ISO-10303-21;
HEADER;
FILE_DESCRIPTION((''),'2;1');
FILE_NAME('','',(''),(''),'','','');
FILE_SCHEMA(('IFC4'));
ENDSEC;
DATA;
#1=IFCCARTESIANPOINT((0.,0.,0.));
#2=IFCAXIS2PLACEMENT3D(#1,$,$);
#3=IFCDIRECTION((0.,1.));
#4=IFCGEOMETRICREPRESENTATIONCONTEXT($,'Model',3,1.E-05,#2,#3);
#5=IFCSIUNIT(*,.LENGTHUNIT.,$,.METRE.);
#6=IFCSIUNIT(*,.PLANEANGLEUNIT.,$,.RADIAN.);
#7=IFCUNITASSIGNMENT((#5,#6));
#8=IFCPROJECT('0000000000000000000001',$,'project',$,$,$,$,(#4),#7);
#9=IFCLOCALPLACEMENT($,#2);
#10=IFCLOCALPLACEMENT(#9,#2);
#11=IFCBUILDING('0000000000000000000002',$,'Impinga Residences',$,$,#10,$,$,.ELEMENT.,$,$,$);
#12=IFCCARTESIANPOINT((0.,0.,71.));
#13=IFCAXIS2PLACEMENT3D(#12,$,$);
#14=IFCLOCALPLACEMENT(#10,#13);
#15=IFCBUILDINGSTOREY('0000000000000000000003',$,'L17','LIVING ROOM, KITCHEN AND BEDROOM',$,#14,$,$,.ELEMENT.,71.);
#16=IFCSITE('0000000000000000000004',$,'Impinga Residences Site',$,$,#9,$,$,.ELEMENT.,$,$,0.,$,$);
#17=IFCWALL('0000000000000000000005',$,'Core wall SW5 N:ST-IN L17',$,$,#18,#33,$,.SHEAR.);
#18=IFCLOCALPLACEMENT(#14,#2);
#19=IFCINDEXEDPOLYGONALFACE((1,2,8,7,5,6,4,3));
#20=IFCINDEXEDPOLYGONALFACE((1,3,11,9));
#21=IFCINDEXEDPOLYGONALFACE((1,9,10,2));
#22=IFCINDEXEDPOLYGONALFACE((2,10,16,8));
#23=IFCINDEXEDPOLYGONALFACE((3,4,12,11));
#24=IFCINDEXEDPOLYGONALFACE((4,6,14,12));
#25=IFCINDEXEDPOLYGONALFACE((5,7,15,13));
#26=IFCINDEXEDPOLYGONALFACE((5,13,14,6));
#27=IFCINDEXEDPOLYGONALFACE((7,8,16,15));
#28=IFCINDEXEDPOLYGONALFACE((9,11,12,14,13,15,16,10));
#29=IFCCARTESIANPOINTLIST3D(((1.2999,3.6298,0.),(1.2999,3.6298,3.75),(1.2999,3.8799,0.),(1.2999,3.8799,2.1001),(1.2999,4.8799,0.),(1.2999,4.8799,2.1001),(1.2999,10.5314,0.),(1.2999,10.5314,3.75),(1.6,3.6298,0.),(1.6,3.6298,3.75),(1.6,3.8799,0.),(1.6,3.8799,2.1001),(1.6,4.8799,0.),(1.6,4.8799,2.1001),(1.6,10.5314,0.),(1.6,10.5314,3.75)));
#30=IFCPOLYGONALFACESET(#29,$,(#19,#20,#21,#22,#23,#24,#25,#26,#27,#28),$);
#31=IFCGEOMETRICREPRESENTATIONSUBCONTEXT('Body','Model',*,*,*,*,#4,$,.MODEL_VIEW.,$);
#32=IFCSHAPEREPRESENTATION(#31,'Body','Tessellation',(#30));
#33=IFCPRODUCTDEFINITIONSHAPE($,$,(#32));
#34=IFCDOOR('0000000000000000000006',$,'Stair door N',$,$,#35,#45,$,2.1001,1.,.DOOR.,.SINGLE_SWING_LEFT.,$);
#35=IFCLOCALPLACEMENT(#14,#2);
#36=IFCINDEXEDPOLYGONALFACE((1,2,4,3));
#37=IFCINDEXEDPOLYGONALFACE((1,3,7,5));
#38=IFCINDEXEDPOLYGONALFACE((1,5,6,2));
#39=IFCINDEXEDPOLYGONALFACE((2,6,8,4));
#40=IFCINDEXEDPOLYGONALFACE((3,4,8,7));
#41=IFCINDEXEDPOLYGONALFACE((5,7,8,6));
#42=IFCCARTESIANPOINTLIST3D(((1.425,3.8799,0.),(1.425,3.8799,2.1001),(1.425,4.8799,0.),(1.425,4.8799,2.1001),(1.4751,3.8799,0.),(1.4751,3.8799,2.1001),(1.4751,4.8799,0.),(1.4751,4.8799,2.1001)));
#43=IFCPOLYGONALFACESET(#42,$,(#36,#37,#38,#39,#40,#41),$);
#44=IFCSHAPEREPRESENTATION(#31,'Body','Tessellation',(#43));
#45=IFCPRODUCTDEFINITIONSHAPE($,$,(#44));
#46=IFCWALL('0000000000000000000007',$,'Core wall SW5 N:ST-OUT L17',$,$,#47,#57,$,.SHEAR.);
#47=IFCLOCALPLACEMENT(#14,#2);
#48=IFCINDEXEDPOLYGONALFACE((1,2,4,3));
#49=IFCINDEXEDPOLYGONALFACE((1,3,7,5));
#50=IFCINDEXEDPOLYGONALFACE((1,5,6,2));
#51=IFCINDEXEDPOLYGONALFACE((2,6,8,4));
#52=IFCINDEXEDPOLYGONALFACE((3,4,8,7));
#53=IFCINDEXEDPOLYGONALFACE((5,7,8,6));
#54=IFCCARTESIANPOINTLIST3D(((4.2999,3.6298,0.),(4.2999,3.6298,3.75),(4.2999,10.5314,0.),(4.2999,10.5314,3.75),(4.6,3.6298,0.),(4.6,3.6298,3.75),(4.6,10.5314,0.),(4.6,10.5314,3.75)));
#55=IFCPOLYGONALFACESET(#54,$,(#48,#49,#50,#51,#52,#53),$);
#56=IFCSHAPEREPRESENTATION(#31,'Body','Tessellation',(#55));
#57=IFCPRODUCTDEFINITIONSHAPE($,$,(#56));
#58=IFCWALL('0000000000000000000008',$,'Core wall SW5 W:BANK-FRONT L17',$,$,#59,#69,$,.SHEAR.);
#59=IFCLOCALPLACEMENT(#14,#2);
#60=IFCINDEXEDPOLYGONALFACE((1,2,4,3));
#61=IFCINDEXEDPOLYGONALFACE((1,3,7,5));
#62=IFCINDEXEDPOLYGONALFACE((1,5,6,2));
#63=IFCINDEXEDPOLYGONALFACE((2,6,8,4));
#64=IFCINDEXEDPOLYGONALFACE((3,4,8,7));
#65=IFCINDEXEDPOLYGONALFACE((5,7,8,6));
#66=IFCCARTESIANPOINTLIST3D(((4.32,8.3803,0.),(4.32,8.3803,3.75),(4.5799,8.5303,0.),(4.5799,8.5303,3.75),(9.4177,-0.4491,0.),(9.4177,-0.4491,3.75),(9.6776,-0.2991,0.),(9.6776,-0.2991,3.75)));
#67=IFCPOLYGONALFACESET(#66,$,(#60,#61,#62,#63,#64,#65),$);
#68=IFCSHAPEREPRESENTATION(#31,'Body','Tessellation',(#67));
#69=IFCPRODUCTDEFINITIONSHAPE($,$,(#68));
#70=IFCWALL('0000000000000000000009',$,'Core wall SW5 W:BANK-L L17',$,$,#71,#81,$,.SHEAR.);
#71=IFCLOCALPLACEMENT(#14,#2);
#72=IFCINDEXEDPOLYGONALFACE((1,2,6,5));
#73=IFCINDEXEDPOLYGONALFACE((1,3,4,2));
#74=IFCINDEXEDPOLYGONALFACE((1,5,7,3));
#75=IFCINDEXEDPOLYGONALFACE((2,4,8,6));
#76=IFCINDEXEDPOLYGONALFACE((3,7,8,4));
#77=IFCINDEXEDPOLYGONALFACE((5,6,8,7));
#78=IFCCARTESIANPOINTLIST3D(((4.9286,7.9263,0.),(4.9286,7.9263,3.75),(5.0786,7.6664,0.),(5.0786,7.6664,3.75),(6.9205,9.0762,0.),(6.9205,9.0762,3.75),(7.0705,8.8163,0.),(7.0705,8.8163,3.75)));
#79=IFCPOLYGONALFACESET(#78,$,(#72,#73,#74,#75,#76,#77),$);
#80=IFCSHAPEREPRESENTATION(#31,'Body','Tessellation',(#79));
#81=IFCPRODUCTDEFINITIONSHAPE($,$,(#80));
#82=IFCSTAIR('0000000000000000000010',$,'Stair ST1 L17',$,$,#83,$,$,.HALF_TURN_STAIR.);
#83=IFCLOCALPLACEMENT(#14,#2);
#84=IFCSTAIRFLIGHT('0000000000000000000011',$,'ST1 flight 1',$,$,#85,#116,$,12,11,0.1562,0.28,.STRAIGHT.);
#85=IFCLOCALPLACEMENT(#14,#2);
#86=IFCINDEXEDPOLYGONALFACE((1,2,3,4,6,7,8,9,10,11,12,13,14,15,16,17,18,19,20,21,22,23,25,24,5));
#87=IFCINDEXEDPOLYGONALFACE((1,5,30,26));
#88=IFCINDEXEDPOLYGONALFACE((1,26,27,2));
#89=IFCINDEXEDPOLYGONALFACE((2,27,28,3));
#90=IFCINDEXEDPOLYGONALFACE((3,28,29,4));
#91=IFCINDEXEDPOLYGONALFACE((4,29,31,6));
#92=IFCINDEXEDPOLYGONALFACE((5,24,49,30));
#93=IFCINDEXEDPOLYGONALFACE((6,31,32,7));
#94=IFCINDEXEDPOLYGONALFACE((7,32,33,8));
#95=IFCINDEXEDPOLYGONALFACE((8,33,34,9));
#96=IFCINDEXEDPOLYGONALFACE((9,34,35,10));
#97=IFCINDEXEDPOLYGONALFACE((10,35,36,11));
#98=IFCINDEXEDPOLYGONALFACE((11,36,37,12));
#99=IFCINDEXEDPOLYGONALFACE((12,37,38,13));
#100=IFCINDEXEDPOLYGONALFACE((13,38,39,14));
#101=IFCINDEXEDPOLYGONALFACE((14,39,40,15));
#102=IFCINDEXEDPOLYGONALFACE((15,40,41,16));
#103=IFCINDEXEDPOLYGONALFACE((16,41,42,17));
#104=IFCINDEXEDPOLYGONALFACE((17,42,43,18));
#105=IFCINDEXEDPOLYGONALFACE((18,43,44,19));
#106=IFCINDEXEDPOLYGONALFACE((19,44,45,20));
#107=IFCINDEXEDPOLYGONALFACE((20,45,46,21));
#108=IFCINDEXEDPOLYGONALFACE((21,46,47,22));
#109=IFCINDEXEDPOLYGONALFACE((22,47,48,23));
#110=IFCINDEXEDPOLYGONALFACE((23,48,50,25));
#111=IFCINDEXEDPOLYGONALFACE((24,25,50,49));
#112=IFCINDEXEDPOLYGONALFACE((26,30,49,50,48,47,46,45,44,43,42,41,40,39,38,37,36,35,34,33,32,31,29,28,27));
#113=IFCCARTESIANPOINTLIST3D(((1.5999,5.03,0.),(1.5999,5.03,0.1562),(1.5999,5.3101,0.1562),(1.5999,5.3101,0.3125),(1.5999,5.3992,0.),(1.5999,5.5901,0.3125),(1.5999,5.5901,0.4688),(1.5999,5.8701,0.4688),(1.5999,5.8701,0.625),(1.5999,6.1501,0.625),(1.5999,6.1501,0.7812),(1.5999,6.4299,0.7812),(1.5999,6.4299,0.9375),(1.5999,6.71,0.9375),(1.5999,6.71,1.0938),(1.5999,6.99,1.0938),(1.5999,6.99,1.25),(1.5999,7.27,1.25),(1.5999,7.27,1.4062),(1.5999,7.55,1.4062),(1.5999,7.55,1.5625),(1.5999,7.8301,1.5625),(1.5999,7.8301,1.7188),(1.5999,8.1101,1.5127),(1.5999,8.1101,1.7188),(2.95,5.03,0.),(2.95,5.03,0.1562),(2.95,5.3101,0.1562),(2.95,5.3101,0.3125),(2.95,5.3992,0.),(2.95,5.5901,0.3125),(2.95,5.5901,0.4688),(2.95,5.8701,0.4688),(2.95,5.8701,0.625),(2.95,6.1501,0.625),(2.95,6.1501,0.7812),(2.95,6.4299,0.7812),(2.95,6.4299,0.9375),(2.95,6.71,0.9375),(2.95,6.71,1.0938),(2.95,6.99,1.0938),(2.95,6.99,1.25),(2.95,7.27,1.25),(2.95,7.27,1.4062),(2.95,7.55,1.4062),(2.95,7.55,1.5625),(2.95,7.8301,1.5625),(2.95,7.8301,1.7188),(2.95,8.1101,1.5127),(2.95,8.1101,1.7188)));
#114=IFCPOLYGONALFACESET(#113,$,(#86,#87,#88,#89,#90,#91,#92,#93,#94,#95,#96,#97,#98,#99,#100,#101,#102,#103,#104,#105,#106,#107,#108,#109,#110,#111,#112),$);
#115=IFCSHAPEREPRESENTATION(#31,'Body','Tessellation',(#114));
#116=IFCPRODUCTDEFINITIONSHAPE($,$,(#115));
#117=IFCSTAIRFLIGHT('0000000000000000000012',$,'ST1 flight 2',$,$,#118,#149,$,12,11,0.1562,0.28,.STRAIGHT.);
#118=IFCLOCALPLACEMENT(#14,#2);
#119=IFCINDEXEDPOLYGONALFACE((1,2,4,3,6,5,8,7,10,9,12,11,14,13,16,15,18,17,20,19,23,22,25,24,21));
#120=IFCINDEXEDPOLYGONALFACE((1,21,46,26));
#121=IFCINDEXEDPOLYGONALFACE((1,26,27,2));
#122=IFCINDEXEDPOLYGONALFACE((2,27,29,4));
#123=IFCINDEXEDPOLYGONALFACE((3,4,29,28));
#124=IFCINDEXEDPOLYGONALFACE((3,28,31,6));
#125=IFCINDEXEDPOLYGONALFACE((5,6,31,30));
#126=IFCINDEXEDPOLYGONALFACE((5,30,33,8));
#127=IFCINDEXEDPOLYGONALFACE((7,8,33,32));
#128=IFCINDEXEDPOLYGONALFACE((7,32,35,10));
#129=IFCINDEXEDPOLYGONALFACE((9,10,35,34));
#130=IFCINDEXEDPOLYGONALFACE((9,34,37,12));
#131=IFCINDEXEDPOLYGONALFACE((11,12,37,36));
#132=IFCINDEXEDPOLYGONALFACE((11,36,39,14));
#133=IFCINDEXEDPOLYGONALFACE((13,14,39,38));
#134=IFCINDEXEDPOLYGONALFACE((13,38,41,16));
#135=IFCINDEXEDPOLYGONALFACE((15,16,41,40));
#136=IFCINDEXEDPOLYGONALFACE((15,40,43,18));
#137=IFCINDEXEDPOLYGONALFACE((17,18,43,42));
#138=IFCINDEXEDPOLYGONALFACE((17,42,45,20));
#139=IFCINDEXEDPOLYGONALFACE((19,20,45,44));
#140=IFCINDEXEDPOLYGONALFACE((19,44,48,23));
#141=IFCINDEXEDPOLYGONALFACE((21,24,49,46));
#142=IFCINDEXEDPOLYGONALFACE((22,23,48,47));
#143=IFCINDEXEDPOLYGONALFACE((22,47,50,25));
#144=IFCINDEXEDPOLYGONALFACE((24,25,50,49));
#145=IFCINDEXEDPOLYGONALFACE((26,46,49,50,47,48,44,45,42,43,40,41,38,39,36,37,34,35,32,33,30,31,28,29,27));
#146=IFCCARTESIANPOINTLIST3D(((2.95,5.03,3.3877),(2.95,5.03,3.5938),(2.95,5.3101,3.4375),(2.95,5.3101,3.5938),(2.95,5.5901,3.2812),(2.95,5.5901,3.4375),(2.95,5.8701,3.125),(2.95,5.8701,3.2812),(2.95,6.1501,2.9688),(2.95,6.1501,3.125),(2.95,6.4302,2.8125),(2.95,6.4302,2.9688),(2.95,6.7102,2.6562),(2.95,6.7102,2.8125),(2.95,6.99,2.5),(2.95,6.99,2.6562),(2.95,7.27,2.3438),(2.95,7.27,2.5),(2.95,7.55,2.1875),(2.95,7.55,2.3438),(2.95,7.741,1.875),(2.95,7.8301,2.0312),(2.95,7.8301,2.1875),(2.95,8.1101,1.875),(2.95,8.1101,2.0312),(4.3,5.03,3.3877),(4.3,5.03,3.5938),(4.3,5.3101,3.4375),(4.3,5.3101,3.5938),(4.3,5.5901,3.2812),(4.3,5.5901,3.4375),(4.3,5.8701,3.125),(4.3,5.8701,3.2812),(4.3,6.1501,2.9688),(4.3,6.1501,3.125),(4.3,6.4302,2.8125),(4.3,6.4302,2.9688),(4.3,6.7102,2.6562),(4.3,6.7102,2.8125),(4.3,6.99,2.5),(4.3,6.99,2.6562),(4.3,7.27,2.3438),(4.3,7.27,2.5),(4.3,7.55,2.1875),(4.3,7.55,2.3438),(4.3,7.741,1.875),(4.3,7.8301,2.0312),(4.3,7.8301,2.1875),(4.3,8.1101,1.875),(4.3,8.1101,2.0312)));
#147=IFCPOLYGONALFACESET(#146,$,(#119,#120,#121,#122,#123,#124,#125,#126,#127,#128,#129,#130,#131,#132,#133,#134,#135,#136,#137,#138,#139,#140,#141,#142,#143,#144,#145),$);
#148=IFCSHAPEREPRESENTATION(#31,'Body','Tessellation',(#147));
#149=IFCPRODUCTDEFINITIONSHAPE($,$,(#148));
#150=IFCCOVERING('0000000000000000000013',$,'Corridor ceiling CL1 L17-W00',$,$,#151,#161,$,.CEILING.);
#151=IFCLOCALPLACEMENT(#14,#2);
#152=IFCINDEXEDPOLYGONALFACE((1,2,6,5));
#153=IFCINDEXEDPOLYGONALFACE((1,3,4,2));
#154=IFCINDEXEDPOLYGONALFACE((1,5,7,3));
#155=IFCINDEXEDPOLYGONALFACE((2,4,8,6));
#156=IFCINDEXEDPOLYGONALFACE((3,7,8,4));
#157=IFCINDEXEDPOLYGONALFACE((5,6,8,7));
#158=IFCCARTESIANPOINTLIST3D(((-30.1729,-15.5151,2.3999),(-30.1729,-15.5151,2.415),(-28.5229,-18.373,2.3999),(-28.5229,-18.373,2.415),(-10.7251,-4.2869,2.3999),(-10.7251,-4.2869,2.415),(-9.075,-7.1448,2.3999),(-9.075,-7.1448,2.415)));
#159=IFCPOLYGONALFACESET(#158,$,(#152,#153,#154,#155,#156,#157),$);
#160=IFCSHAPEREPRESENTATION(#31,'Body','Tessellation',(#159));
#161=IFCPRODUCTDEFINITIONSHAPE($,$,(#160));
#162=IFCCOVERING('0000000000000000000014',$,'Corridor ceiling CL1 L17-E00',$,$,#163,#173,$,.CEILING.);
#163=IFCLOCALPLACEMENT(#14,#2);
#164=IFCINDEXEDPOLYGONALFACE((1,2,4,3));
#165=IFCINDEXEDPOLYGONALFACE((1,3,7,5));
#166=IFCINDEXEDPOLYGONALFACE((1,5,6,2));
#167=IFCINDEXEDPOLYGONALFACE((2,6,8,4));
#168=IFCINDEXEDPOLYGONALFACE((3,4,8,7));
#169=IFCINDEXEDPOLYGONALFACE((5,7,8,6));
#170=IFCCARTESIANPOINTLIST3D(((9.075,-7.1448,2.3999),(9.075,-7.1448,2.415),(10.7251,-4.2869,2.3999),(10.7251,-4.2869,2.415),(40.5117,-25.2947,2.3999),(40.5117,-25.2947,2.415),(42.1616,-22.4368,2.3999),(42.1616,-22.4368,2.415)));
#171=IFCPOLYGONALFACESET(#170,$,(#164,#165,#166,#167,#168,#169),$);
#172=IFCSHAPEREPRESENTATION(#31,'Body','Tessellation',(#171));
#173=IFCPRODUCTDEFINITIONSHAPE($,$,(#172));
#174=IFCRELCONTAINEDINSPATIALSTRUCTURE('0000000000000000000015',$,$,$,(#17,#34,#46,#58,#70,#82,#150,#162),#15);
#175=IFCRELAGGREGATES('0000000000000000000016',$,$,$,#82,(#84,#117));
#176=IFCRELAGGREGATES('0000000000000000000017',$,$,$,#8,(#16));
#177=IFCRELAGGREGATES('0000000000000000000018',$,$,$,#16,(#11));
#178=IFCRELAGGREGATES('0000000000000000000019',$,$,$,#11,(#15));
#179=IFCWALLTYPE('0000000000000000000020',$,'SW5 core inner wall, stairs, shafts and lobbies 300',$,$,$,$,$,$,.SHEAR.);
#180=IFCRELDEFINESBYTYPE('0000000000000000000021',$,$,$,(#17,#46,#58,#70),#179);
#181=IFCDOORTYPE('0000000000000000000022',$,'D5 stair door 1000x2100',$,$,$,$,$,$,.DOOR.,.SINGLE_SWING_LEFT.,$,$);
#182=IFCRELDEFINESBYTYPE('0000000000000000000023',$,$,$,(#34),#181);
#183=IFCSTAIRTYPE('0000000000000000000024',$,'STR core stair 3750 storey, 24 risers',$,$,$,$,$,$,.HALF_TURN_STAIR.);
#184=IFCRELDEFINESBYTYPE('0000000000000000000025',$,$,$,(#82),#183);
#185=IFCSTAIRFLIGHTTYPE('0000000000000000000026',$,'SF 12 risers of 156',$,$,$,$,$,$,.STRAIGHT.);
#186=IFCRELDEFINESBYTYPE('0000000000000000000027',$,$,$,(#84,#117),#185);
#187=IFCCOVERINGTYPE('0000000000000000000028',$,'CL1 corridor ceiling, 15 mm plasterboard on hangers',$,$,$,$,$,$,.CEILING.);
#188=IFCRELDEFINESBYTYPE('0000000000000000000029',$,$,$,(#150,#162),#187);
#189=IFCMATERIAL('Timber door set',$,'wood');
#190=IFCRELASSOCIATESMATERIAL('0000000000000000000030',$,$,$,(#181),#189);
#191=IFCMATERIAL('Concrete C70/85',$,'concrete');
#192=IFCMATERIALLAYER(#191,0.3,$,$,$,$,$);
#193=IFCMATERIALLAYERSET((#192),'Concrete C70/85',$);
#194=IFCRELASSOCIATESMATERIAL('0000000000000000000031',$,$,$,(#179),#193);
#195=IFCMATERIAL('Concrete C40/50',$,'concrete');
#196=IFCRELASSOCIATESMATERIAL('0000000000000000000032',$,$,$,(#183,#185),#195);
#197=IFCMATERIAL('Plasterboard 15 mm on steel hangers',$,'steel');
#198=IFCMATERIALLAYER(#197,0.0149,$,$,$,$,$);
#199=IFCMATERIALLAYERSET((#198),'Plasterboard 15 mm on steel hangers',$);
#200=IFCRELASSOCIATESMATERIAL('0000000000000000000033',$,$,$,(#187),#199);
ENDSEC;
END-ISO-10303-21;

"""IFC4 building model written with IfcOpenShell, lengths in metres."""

from ifc_helpers import new_model, si_unit, direction, frame, frame_2d, origin, place, context, subcontext, project, spatial, polyline, rectangle, outline, extrude, material, layer, layer_set, type_object, element, fill, aggregate, save


model = new_model("IFC4")

# Units and contexts
model_context = context("Model", 3, precision=1e-05, world=origin(), true_north=direction((0.0, 1.0)))
body_context = subcontext(model_context, "Body", "Model", "MODEL_VIEW")
ifc_project = project(units=[si_unit("LENGTHUNIT", "METRE"), si_unit("PLANEANGLEUNIT", "RADIAN")], contexts=[model_context])

# Site, building, storey
site_placement = place(None, origin())
site = spatial("IfcSite", under=ifc_project, at=site_placement, Name="Impinga Residences Site", CompositionType="ELEMENT", RefElevation=0.0)
building_placement = place(site_placement, origin())
building = spatial("IfcBuilding", under=site, at=building_placement, Name="Impinga Residences", CompositionType="ELEMENT")
storey_placement = place(building_placement, frame((0.0, 0.0, 71.0)))
storey = spatial("IfcBuildingStorey", under=building, at=storey_placement, Name="L17", Description="LIVING ROOM, KITCHEN AND BEDROOM", CompositionType="ELEMENT", Elevation=71.0)

# Shared definitions
ifc_material_1 = material(Name="Concrete C70/85", Category="concrete")
ifc_material_2 = material(Name="Timber door set", Category="wood")
door_type_1 = type_object("IfcDoorType", Name="D5 stair door 1000x2100", OperationType="SINGLE_SWING_LEFT", PredefinedType="DOOR", material=ifc_material_2)

# Wall, opening, door
ifc_layer_1 = layer(ifc_material_1, 0.3)
ifc_layer_set_1 = layer_set([ifc_layer_1], Name="Concrete C70/85")
wall_type_1 = type_object("IfcWallType", Name="SW5 core inner wall, stairs, shafts and lobbies 300", PredefinedType="SHEAR", material=ifc_layer_set_1)
wall_1_placement = place(storey_placement, frame((1.45, 3.6299, 0.0), z_axis=(0.0, 0.0, 1.0), x_axis=(0.0, 1.0, 0.0)))
wall_1 = element("IfcWall", 1, at=wall_1_placement, inside=storey, type_object=wall_type_1, Name="Core wall SW5 N:ST-IN L17", PredefinedType="SHEAR", context=body_context, shape_type="SweptSolid", body=[
    extrude(rectangle(XDim=6.9016, YDim=0.3, at=frame_2d((3.4507, 0.0))), origin(), (0.0, 0.0, 1.0), 3.75),
])
opening_1_placement = place(wall_1_placement, frame((0.25, 0.0, 0.0)))
opening_1 = element("IfcOpeningElement", 2, at=opening_1_placement, cuts=wall_1, PredefinedType="OPENING", context=body_context, shape_type="SweptSolid", body=[
    extrude(rectangle(XDim=1.0, YDim=2.1001, at=frame_2d((0.5, 1.05))), frame((0.0, 0.1599, 0.0), z_axis=(0.0, -1.0, 0.0), x_axis=(1.0, 0.0, 0.0)), (0.0, 0.0, 1.0), 0.3201),
])
door_1_placement = place(opening_1_placement, origin())
door_1 = element("IfcDoor", 3, at=door_1_placement, inside=storey, type_object=door_type_1, Name="Stair door N", OperationType="SINGLE_SWING_LEFT", OverallHeight=2.1001, OverallWidth=1.0, PredefinedType="DOOR", context=body_context, shape_type="SweptSolid", body=[
    extrude(rectangle(XDim=1.0, YDim=2.1001, at=frame_2d((0.5, 1.05))), frame((0.0, 0.0249, 0.0), z_axis=(0.0, -1.0, 0.0), x_axis=(1.0, 0.0, 0.0)), (0.0, 0.0, 1.0), 0.05),
])
fill(opening_1, door_1)

# Walls
wall_2_placement = place(storey_placement, frame((4.45, 3.6299, 0.0), z_axis=(0.0, 0.0, 1.0), x_axis=(0.0, 1.0, 0.0)))
element("IfcWall", 4, at=wall_2_placement, inside=storey, type_object=wall_type_1, Name="Core wall SW5 N:ST-OUT L17", PredefinedType="SHEAR", context=body_context, shape_type="SweptSolid", body=[
    extrude(rectangle(XDim=6.9016, YDim=0.3, at=frame_2d((3.4507, 0.0))), origin(), (0.0, 0.0, 1.0), 3.75),
])
wall_3_placement = place(storey_placement, frame((4.45, 8.4553, 0.0), z_axis=(0.0, 0.0, 1.0), x_axis=(0.500002, -0.866024, 0.0)))
element("IfcWall", 5, at=wall_3_placement, inside=storey, type_object=wall_type_1, Name="Core wall SW5 W:BANK-FRONT L17", PredefinedType="SHEAR", context=body_context, shape_type="SweptSolid", body=[
    extrude(rectangle(XDim=10.1953, YDim=0.3, at=frame_2d((5.0977, 0.0))), origin(), (0.0, 0.0, 1.0), 3.75),
])
wall_4_placement = place(storey_placement, frame((5.0037, 7.7964, 0.0), z_axis=(0.0, 0.0, 1.0), x_axis=(0.866053, 0.499952, 0.0)))
element("IfcWall", 6, at=wall_4_placement, inside=storey, type_object=wall_type_1, Name="Core wall SW5 W:BANK-L L17", PredefinedType="SHEAR", context=body_context, shape_type="SweptSolid", body=[
    extrude(rectangle(XDim=2.3, YDim=0.3, at=frame_2d((1.1499, 0.0))), origin(), (0.0, 0.0, 1.0), 3.75),
])

# Stair, stair flights
ifc_material_3 = material(Name="Concrete C40/50", Category="concrete")
stair_type = type_object("IfcStairType", Name="STR core stair 3750 storey, 24 risers", PredefinedType="HALF_TURN_STAIR", material=ifc_material_3)
stair_placement = place(storey_placement, origin())
stair = element("IfcStair", 7, at=stair_placement, inside=storey, type_object=stair_type, Name="Stair ST1 L17", PredefinedType="HALF_TURN_STAIR")
stair_flight_type = type_object("IfcStairFlightType", Name="SF 12 risers of 156", PredefinedType="STRAIGHT", material=ifc_material_3)
stair_flight_1_placement = place(storey_placement, frame((2.2749, 5.03, 0.0), z_axis=(0.0, 0.0, 1.0), x_axis=(0.0, 1.0, 0.0)))
stair_flight_1 = element("IfcStairFlight", 8, at=stair_flight_1_placement, type_object=stair_flight_type, Name="ST1 flight 1", NumberOfRisers=12, NumberOfTreads=11, PredefinedType="STRAIGHT", RiserHeight=0.1562, TreadLength=0.28, context=body_context, shape_type="SweptSolid", body=[
    extrude(outline(polyline([(0.0, 0.0), (0.0, 0.1562), (0.28, 0.1562), (0.28, 0.3125), (0.5601, 0.3125), (0.5601, 0.4688), (0.8401, 0.4688), (0.8401, 0.625), (1.1201, 0.625), (1.1201, 0.7812), (1.3999, 0.7812), (1.3999, 0.9375), (1.6799, 0.9375), (1.6799, 1.0938), (1.96, 1.0938), (1.96, 1.25), (2.24, 1.25), (2.24, 1.4062), (2.52, 1.4062), (2.52, 1.5625), (2.8, 1.5625), (2.8, 1.7188), (3.0801, 1.7188), (3.0801, 1.875), (3.0801, 1.5127), (0.3691, 0.0), (0.0, 0.0)])), frame((0.0, 0.675, 0.0), z_axis=(0.0, -1.0, 0.0), x_axis=(1.0, 0.0, 0.0)), (0.0, 0.0, 1.0), 1.3501),
])
stair_flight_2_placement = place(storey_placement, frame((3.625, 8.1101, 1.875), z_axis=(0.0, 0.0, 1.0), x_axis=(0.0, -1.0, 0.0)))
stair_flight_2 = element("IfcStairFlight", 9, at=stair_flight_2_placement, type_object=stair_flight_type, Name="ST1 flight 2", NumberOfRisers=12, NumberOfTreads=11, PredefinedType="STRAIGHT", RiserHeight=0.1562, TreadLength=0.28, context=body_context, shape_type="SweptSolid", body=[
    extrude(outline(polyline([(0.0, 0.0), (0.0, 0.1562), (0.28, 0.1562), (0.28, 0.3125), (0.5601, 0.3125), (0.5601, 0.4688), (0.8401, 0.4688), (0.8401, 0.625), (1.1201, 0.625), (1.1201, 0.7812), (1.3999, 0.7812), (1.3999, 0.9375), (1.6799, 0.9375), (1.6799, 1.0938), (1.96, 1.0938), (1.96, 1.25), (2.24, 1.25), (2.24, 1.4062), (2.52, 1.4062), (2.52, 1.5625), (2.8, 1.5625), (2.8, 1.7188), (3.0801, 1.7188), (3.0801, 1.875), (3.0801, 1.5127), (0.3691, 0.0), (0.0, 0.0)])), frame((0.0, 0.675, 0.0), z_axis=(0.0, -1.0, 0.0), x_axis=(1.0, 0.0, 0.0)), (0.0, 0.0, 1.0), 1.3501),
])
aggregate(stair, [stair_flight_1, stair_flight_2])

# Coverings
ifc_material_4 = material(Name="Plasterboard 15 mm on steel hangers", Category="steel")
ifc_layer_2 = layer(ifc_material_4, 0.0149)
ifc_layer_set_2 = layer_set([ifc_layer_2], Name="Plasterboard 15 mm on steel hangers")
covering_type = type_object("IfcCoveringType", Name="CL1 corridor ceiling, 15 mm plasterboard on hangers", PredefinedType="CEILING", material=ifc_layer_set_2)
covering_1_placement = place(storey_placement, frame((0.0, 0.0, 2.3999)))
element("IfcCovering", 10, at=covering_1_placement, inside=storey, type_object=covering_type, Name="Corridor ceiling CL1 L17-W00", PredefinedType="CEILING", context=body_context, shape_type="SweptSolid", body=[
    extrude(outline(polyline([(-10.7251, -4.2869), (-9.075, -7.1448), (-28.5229, -18.373), (-30.1729, -15.5151), (-10.7251, -4.2869)])), origin(), (0.0, 0.0, 1.0), 0.0151),
])
covering_2_placement = place(storey_placement, frame((0.0, 0.0, 2.3999)))
element("IfcCovering", 11, at=covering_2_placement, inside=storey, type_object=covering_type, Name="Corridor ceiling CL1 L17-E00", PredefinedType="CEILING", context=body_context, shape_type="SweptSolid", body=[
    extrude(outline(polyline([(10.7251, -4.2869), (9.075, -7.1448), (40.5117, -25.2947), (42.1616, -22.4368), (10.7251, -4.2869)])), origin(), (0.0, 0.0, 1.0), 0.0151),
])

save(model, "model.ifc")
